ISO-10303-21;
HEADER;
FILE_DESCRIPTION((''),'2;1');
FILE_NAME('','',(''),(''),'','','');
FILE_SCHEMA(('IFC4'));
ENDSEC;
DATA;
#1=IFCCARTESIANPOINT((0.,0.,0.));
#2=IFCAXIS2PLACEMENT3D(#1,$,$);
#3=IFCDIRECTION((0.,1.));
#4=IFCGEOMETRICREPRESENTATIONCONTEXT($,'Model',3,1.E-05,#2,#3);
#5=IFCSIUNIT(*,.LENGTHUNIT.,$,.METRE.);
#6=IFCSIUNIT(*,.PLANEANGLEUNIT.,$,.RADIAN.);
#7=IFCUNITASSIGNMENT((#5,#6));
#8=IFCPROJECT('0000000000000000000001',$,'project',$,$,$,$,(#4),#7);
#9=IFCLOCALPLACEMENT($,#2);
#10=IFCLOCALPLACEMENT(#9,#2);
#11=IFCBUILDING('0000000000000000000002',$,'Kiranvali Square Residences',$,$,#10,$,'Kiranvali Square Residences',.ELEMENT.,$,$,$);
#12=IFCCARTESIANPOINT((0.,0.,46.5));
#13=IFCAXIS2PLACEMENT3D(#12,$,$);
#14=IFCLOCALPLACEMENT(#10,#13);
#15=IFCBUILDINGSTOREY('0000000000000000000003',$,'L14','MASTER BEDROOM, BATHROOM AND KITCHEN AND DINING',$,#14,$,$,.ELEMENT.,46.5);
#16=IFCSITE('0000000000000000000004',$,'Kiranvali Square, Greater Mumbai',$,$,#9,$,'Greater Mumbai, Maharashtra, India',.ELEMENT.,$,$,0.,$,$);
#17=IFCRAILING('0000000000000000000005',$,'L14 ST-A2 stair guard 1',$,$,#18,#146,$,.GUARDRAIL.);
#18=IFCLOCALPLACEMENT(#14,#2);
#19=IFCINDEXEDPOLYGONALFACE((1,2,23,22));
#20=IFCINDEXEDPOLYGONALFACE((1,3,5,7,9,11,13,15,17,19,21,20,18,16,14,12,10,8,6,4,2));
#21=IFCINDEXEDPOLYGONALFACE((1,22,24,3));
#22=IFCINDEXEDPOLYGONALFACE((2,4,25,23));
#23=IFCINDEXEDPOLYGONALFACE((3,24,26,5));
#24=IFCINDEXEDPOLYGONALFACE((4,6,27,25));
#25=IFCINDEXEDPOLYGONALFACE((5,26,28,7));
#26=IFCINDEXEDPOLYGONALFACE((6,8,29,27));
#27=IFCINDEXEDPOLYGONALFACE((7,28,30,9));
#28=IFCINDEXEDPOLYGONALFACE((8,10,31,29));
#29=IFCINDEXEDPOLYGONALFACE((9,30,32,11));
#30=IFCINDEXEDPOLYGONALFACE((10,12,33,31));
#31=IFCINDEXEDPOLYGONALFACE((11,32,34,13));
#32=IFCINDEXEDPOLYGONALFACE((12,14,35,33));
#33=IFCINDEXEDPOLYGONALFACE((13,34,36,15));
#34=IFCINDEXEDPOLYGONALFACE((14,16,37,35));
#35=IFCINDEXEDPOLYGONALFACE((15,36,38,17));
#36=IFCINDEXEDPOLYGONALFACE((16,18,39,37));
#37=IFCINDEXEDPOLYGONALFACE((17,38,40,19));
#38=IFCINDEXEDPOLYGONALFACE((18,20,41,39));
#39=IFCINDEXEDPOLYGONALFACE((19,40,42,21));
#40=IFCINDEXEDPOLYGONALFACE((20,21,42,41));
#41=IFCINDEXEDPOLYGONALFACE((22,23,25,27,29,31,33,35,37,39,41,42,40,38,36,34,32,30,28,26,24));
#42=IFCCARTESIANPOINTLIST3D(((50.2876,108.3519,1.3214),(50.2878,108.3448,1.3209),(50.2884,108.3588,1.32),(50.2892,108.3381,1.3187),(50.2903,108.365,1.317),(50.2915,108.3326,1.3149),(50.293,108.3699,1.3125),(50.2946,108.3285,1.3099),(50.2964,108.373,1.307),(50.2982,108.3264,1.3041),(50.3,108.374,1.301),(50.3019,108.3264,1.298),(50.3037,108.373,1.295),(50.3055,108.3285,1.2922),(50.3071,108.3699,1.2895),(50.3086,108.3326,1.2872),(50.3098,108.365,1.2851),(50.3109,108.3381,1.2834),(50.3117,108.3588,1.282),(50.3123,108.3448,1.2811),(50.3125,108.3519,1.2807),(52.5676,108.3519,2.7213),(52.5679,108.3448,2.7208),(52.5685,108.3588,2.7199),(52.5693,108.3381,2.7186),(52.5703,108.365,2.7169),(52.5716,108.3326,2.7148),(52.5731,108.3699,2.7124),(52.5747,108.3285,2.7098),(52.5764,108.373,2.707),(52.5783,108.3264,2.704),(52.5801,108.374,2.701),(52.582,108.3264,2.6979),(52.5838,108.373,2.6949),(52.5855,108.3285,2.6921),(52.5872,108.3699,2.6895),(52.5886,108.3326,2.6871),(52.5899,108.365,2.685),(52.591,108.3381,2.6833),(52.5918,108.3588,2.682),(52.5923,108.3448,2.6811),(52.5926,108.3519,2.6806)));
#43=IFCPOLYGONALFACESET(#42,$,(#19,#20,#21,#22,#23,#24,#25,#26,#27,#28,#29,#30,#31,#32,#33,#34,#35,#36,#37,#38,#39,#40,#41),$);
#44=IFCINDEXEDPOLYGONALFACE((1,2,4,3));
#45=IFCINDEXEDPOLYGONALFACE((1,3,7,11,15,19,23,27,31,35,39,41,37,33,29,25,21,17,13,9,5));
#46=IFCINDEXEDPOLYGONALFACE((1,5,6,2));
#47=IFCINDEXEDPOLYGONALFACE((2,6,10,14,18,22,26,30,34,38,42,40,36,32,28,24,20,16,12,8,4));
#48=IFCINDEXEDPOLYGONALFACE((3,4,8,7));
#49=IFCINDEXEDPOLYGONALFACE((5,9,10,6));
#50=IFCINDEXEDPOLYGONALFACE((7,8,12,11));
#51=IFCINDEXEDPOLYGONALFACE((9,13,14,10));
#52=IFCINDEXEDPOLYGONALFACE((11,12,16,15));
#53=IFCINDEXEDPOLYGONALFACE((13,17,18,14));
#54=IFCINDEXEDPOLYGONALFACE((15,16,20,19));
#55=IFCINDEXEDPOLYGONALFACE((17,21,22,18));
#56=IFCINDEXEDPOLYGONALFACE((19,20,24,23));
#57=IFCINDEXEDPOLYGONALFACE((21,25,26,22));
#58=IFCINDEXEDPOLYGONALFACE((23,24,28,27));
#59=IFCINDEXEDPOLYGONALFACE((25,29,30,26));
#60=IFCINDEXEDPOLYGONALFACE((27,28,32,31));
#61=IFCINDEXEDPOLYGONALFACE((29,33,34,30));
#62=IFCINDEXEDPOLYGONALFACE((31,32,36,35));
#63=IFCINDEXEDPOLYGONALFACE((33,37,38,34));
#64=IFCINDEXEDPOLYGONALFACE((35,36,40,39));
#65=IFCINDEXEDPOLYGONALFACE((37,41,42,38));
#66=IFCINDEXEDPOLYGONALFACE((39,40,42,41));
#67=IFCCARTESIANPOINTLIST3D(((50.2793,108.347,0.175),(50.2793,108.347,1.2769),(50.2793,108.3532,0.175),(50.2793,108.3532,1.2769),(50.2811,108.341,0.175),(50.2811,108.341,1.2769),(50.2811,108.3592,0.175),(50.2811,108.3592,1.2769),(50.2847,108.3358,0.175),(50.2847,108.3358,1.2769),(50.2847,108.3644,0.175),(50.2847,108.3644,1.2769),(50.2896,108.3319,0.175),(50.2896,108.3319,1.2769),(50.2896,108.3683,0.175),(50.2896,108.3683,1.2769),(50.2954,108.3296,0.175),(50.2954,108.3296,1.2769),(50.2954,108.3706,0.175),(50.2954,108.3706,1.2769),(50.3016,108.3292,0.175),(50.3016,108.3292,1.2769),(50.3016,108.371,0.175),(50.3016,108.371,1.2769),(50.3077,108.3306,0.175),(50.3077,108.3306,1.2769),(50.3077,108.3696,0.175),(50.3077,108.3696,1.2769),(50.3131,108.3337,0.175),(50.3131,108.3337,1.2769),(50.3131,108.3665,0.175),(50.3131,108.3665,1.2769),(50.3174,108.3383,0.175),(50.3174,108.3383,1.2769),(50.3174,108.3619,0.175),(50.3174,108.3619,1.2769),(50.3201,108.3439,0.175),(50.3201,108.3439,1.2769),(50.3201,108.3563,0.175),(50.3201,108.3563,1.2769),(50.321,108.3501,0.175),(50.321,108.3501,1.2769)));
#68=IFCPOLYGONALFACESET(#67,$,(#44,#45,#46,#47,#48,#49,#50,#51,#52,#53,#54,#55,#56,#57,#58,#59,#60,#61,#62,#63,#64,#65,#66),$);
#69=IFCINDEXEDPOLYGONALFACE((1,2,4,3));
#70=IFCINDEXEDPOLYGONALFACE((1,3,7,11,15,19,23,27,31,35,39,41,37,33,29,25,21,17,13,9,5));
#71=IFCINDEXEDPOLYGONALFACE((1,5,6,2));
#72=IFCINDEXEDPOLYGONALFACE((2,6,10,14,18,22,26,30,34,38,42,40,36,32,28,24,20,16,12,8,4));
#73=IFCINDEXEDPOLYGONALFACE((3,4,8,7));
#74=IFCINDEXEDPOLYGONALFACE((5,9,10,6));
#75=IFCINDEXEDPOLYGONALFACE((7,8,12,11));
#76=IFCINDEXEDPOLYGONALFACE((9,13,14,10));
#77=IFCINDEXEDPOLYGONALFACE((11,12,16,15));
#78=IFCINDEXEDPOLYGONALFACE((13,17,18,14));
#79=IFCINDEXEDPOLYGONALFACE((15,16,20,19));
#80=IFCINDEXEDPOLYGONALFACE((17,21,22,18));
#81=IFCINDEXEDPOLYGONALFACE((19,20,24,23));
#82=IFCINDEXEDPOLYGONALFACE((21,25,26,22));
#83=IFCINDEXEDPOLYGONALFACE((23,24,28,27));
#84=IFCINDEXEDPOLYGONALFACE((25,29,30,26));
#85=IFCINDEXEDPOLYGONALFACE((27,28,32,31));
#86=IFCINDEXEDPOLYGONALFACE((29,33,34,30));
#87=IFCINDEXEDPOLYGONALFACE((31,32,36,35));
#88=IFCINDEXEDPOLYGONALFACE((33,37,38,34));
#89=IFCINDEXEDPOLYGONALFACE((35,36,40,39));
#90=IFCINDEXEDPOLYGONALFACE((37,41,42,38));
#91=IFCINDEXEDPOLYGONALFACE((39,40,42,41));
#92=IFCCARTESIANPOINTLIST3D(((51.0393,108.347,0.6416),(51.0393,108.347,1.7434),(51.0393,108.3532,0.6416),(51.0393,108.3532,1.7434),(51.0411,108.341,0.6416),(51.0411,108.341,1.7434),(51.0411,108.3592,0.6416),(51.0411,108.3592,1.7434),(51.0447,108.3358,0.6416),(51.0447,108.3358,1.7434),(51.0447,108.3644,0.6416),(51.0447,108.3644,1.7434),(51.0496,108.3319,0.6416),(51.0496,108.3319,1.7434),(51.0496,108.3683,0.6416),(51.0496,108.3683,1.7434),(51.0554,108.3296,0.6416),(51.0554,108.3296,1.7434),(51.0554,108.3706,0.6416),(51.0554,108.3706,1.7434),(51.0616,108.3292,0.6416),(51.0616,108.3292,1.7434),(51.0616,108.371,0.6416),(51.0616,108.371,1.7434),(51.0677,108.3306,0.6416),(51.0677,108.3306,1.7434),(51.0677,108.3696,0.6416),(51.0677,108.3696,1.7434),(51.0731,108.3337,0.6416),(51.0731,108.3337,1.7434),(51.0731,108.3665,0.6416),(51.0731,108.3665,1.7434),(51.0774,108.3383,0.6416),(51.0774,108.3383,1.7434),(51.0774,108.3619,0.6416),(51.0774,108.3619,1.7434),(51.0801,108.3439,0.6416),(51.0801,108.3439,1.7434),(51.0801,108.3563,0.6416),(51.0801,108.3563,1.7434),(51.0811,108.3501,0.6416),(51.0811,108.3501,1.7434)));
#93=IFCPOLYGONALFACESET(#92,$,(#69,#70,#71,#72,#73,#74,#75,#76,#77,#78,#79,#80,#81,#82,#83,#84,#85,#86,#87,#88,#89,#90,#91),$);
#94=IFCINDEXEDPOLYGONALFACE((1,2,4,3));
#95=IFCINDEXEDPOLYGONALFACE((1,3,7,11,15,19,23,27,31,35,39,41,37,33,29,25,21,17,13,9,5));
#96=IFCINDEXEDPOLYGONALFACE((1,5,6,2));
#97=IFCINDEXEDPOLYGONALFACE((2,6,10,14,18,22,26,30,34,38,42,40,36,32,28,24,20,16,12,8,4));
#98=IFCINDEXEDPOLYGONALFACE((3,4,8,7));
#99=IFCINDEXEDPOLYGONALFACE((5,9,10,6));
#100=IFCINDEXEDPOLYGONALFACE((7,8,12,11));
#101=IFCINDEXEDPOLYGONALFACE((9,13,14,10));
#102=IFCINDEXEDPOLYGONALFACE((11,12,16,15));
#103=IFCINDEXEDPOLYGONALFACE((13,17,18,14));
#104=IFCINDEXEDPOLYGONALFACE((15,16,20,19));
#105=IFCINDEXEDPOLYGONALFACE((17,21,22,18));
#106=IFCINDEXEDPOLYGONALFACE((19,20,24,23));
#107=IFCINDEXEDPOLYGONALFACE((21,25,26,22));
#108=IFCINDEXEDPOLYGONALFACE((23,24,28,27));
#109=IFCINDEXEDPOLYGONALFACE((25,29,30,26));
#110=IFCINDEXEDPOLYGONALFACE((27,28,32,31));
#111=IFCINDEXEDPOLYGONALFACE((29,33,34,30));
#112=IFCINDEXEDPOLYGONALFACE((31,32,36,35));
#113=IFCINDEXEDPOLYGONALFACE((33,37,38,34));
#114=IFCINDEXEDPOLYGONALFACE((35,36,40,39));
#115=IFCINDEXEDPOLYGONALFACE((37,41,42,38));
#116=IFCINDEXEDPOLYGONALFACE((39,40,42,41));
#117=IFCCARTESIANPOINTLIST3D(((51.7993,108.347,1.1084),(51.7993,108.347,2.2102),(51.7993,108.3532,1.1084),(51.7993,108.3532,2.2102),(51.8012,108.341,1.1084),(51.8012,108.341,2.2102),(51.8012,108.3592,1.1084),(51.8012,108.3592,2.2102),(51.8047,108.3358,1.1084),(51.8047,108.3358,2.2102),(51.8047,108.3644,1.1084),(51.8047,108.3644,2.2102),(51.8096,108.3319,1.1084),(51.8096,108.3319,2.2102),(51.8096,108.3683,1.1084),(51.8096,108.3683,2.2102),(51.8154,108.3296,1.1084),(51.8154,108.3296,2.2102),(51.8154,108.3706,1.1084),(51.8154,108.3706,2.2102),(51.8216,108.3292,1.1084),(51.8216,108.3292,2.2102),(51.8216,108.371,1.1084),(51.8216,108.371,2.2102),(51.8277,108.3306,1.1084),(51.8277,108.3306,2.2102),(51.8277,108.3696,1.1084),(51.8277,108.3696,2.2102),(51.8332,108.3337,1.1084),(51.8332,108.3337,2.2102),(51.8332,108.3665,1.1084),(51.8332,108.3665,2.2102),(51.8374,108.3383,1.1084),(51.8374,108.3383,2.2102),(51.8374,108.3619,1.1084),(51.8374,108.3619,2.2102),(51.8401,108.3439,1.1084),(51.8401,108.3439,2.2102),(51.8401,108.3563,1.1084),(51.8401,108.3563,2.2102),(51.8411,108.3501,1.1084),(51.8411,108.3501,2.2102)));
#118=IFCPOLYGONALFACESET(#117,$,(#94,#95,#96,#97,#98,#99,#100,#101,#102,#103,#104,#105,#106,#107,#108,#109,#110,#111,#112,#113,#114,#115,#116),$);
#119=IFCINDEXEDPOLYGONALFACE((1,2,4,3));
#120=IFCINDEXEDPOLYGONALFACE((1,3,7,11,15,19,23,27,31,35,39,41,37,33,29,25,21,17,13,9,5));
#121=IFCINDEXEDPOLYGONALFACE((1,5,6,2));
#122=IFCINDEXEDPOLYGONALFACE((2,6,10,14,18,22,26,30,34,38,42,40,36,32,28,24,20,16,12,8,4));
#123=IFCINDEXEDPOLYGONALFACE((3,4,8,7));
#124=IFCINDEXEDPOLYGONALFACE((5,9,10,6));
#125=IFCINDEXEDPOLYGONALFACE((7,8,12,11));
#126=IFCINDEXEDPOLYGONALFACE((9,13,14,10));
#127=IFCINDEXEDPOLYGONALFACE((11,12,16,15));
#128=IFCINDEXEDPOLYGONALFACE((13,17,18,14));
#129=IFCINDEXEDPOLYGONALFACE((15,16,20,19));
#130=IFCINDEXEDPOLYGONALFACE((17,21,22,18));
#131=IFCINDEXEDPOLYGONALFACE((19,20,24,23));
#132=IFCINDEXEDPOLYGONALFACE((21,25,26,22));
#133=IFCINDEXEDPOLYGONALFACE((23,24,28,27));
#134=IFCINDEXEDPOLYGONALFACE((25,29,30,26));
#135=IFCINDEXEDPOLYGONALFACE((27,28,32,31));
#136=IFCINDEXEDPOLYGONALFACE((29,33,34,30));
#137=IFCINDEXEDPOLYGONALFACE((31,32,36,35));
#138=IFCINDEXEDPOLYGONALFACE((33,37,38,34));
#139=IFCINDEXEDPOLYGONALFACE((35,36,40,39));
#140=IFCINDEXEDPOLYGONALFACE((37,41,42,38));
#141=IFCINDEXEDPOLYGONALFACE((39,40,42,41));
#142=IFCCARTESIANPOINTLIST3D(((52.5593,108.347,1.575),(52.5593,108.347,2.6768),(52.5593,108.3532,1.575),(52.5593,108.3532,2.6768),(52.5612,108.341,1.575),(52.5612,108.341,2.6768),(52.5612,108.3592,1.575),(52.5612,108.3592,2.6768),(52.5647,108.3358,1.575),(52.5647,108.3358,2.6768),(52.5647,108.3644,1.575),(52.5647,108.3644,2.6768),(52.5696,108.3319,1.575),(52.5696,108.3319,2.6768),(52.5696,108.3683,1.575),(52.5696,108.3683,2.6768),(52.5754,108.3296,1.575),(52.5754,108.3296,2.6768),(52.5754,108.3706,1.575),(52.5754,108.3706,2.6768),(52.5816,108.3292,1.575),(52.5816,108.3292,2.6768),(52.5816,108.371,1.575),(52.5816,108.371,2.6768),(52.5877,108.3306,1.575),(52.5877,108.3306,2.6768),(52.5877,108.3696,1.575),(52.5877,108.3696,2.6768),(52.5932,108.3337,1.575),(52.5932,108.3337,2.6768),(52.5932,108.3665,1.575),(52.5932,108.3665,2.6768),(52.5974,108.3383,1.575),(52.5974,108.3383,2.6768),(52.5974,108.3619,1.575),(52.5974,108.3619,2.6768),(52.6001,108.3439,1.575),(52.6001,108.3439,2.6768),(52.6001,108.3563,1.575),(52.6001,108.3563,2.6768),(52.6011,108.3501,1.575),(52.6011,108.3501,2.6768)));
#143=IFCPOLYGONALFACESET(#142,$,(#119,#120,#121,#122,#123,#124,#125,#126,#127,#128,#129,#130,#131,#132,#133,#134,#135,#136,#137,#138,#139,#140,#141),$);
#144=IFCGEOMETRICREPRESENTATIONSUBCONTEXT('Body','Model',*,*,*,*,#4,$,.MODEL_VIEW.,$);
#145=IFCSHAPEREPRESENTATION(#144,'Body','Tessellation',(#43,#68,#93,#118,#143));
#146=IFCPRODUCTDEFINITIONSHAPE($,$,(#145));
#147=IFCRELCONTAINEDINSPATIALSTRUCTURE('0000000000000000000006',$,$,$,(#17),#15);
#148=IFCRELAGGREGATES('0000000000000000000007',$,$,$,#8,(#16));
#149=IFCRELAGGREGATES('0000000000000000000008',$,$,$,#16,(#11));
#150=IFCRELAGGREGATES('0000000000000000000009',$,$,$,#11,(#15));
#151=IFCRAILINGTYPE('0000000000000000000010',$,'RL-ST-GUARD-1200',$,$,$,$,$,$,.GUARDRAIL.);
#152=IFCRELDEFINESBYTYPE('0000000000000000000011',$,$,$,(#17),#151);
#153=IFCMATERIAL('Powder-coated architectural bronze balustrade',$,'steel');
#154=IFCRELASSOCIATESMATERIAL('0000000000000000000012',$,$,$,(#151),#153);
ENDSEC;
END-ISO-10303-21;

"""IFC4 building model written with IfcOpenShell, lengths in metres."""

from ifc_helpers import new_model, si_unit, direction, frame, origin, origin_2d, place, context, subcontext, project, spatial, circle, extrude, material, type_object, element, save


model = new_model("IFC4")

# Units and contexts
model_context = context("Model", 3, precision=1e-05, world=origin(), true_north=direction((0.0, 1.0)))
body_context = subcontext(model_context, "Body", "Model", "MODEL_VIEW")
ifc_project = project(units=[si_unit("LENGTHUNIT", "METRE"), si_unit("PLANEANGLEUNIT", "RADIAN")], contexts=[model_context])

# Site, building, storey
site_placement = place(None, origin())
site = spatial("IfcSite", under=ifc_project, at=site_placement, Name="Kiranvali Square, Greater Mumbai", LongName="Greater Mumbai, Maharashtra, India", CompositionType="ELEMENT", RefElevation=0.0)
building_placement = place(site_placement, origin())
building = spatial("IfcBuilding", under=site, at=building_placement, Name="Kiranvali Square Residences", LongName="Kiranvali Square Residences", CompositionType="ELEMENT")
storey_placement = place(building_placement, frame((0.0, 0.0, 46.5)))
storey = spatial("IfcBuildingStorey", under=building, at=storey_placement, Name="L14", Description="MASTER BEDROOM, BATHROOM AND KITCHEN AND DINING", CompositionType="ELEMENT", Elevation=46.5)

# Railing
ifc_material_1 = material(Name="Powder-coated architectural bronze balustrade", Category="steel")
railing_type_1 = type_object("IfcRailingType", Name="RL-ST-GUARD-1200", PredefinedType="GUARDRAIL", material=ifc_material_1)
railing_1_placement = place(storey_placement, frame((50.3, 108.3501, 0.175)))
element("IfcRailing", 1, at=railing_1_placement, inside=storey, type_object=railing_type_1, Name="L14 ST-A2 stair guard 1", PredefinedType="GUARDRAIL", context=body_context, shape_type="SweptSolid", body=[
    extrude(circle(Radius=0.0239, at=origin_2d()), frame((0.0, 0.0, 1.126), z_axis=(0.85219, 0.0, 0.523232), x_axis=(0.0, 1.0, 0.0)), (0.0, 0.0, 1.0), 2.6755),
    extrude(circle(Radius=0.021, at=origin_2d()), origin(), (0.0, 0.0, 1.0), 1.1018),
    extrude(circle(Radius=0.021, at=origin_2d()), frame((0.76, 0.0, 0.4666)), (0.0, 0.0, 1.0), 1.1018),
    extrude(circle(Radius=0.021, at=origin_2d()), frame((1.52, 0.0, 0.9333)), (0.0, 0.0, 1.0), 1.1018),
    extrude(circle(Radius=0.021, at=origin_2d()), frame((2.28, 0.0, 1.3999)), (0.0, 0.0, 1.0), 1.1018),
])

save(model, "model.ifc")
